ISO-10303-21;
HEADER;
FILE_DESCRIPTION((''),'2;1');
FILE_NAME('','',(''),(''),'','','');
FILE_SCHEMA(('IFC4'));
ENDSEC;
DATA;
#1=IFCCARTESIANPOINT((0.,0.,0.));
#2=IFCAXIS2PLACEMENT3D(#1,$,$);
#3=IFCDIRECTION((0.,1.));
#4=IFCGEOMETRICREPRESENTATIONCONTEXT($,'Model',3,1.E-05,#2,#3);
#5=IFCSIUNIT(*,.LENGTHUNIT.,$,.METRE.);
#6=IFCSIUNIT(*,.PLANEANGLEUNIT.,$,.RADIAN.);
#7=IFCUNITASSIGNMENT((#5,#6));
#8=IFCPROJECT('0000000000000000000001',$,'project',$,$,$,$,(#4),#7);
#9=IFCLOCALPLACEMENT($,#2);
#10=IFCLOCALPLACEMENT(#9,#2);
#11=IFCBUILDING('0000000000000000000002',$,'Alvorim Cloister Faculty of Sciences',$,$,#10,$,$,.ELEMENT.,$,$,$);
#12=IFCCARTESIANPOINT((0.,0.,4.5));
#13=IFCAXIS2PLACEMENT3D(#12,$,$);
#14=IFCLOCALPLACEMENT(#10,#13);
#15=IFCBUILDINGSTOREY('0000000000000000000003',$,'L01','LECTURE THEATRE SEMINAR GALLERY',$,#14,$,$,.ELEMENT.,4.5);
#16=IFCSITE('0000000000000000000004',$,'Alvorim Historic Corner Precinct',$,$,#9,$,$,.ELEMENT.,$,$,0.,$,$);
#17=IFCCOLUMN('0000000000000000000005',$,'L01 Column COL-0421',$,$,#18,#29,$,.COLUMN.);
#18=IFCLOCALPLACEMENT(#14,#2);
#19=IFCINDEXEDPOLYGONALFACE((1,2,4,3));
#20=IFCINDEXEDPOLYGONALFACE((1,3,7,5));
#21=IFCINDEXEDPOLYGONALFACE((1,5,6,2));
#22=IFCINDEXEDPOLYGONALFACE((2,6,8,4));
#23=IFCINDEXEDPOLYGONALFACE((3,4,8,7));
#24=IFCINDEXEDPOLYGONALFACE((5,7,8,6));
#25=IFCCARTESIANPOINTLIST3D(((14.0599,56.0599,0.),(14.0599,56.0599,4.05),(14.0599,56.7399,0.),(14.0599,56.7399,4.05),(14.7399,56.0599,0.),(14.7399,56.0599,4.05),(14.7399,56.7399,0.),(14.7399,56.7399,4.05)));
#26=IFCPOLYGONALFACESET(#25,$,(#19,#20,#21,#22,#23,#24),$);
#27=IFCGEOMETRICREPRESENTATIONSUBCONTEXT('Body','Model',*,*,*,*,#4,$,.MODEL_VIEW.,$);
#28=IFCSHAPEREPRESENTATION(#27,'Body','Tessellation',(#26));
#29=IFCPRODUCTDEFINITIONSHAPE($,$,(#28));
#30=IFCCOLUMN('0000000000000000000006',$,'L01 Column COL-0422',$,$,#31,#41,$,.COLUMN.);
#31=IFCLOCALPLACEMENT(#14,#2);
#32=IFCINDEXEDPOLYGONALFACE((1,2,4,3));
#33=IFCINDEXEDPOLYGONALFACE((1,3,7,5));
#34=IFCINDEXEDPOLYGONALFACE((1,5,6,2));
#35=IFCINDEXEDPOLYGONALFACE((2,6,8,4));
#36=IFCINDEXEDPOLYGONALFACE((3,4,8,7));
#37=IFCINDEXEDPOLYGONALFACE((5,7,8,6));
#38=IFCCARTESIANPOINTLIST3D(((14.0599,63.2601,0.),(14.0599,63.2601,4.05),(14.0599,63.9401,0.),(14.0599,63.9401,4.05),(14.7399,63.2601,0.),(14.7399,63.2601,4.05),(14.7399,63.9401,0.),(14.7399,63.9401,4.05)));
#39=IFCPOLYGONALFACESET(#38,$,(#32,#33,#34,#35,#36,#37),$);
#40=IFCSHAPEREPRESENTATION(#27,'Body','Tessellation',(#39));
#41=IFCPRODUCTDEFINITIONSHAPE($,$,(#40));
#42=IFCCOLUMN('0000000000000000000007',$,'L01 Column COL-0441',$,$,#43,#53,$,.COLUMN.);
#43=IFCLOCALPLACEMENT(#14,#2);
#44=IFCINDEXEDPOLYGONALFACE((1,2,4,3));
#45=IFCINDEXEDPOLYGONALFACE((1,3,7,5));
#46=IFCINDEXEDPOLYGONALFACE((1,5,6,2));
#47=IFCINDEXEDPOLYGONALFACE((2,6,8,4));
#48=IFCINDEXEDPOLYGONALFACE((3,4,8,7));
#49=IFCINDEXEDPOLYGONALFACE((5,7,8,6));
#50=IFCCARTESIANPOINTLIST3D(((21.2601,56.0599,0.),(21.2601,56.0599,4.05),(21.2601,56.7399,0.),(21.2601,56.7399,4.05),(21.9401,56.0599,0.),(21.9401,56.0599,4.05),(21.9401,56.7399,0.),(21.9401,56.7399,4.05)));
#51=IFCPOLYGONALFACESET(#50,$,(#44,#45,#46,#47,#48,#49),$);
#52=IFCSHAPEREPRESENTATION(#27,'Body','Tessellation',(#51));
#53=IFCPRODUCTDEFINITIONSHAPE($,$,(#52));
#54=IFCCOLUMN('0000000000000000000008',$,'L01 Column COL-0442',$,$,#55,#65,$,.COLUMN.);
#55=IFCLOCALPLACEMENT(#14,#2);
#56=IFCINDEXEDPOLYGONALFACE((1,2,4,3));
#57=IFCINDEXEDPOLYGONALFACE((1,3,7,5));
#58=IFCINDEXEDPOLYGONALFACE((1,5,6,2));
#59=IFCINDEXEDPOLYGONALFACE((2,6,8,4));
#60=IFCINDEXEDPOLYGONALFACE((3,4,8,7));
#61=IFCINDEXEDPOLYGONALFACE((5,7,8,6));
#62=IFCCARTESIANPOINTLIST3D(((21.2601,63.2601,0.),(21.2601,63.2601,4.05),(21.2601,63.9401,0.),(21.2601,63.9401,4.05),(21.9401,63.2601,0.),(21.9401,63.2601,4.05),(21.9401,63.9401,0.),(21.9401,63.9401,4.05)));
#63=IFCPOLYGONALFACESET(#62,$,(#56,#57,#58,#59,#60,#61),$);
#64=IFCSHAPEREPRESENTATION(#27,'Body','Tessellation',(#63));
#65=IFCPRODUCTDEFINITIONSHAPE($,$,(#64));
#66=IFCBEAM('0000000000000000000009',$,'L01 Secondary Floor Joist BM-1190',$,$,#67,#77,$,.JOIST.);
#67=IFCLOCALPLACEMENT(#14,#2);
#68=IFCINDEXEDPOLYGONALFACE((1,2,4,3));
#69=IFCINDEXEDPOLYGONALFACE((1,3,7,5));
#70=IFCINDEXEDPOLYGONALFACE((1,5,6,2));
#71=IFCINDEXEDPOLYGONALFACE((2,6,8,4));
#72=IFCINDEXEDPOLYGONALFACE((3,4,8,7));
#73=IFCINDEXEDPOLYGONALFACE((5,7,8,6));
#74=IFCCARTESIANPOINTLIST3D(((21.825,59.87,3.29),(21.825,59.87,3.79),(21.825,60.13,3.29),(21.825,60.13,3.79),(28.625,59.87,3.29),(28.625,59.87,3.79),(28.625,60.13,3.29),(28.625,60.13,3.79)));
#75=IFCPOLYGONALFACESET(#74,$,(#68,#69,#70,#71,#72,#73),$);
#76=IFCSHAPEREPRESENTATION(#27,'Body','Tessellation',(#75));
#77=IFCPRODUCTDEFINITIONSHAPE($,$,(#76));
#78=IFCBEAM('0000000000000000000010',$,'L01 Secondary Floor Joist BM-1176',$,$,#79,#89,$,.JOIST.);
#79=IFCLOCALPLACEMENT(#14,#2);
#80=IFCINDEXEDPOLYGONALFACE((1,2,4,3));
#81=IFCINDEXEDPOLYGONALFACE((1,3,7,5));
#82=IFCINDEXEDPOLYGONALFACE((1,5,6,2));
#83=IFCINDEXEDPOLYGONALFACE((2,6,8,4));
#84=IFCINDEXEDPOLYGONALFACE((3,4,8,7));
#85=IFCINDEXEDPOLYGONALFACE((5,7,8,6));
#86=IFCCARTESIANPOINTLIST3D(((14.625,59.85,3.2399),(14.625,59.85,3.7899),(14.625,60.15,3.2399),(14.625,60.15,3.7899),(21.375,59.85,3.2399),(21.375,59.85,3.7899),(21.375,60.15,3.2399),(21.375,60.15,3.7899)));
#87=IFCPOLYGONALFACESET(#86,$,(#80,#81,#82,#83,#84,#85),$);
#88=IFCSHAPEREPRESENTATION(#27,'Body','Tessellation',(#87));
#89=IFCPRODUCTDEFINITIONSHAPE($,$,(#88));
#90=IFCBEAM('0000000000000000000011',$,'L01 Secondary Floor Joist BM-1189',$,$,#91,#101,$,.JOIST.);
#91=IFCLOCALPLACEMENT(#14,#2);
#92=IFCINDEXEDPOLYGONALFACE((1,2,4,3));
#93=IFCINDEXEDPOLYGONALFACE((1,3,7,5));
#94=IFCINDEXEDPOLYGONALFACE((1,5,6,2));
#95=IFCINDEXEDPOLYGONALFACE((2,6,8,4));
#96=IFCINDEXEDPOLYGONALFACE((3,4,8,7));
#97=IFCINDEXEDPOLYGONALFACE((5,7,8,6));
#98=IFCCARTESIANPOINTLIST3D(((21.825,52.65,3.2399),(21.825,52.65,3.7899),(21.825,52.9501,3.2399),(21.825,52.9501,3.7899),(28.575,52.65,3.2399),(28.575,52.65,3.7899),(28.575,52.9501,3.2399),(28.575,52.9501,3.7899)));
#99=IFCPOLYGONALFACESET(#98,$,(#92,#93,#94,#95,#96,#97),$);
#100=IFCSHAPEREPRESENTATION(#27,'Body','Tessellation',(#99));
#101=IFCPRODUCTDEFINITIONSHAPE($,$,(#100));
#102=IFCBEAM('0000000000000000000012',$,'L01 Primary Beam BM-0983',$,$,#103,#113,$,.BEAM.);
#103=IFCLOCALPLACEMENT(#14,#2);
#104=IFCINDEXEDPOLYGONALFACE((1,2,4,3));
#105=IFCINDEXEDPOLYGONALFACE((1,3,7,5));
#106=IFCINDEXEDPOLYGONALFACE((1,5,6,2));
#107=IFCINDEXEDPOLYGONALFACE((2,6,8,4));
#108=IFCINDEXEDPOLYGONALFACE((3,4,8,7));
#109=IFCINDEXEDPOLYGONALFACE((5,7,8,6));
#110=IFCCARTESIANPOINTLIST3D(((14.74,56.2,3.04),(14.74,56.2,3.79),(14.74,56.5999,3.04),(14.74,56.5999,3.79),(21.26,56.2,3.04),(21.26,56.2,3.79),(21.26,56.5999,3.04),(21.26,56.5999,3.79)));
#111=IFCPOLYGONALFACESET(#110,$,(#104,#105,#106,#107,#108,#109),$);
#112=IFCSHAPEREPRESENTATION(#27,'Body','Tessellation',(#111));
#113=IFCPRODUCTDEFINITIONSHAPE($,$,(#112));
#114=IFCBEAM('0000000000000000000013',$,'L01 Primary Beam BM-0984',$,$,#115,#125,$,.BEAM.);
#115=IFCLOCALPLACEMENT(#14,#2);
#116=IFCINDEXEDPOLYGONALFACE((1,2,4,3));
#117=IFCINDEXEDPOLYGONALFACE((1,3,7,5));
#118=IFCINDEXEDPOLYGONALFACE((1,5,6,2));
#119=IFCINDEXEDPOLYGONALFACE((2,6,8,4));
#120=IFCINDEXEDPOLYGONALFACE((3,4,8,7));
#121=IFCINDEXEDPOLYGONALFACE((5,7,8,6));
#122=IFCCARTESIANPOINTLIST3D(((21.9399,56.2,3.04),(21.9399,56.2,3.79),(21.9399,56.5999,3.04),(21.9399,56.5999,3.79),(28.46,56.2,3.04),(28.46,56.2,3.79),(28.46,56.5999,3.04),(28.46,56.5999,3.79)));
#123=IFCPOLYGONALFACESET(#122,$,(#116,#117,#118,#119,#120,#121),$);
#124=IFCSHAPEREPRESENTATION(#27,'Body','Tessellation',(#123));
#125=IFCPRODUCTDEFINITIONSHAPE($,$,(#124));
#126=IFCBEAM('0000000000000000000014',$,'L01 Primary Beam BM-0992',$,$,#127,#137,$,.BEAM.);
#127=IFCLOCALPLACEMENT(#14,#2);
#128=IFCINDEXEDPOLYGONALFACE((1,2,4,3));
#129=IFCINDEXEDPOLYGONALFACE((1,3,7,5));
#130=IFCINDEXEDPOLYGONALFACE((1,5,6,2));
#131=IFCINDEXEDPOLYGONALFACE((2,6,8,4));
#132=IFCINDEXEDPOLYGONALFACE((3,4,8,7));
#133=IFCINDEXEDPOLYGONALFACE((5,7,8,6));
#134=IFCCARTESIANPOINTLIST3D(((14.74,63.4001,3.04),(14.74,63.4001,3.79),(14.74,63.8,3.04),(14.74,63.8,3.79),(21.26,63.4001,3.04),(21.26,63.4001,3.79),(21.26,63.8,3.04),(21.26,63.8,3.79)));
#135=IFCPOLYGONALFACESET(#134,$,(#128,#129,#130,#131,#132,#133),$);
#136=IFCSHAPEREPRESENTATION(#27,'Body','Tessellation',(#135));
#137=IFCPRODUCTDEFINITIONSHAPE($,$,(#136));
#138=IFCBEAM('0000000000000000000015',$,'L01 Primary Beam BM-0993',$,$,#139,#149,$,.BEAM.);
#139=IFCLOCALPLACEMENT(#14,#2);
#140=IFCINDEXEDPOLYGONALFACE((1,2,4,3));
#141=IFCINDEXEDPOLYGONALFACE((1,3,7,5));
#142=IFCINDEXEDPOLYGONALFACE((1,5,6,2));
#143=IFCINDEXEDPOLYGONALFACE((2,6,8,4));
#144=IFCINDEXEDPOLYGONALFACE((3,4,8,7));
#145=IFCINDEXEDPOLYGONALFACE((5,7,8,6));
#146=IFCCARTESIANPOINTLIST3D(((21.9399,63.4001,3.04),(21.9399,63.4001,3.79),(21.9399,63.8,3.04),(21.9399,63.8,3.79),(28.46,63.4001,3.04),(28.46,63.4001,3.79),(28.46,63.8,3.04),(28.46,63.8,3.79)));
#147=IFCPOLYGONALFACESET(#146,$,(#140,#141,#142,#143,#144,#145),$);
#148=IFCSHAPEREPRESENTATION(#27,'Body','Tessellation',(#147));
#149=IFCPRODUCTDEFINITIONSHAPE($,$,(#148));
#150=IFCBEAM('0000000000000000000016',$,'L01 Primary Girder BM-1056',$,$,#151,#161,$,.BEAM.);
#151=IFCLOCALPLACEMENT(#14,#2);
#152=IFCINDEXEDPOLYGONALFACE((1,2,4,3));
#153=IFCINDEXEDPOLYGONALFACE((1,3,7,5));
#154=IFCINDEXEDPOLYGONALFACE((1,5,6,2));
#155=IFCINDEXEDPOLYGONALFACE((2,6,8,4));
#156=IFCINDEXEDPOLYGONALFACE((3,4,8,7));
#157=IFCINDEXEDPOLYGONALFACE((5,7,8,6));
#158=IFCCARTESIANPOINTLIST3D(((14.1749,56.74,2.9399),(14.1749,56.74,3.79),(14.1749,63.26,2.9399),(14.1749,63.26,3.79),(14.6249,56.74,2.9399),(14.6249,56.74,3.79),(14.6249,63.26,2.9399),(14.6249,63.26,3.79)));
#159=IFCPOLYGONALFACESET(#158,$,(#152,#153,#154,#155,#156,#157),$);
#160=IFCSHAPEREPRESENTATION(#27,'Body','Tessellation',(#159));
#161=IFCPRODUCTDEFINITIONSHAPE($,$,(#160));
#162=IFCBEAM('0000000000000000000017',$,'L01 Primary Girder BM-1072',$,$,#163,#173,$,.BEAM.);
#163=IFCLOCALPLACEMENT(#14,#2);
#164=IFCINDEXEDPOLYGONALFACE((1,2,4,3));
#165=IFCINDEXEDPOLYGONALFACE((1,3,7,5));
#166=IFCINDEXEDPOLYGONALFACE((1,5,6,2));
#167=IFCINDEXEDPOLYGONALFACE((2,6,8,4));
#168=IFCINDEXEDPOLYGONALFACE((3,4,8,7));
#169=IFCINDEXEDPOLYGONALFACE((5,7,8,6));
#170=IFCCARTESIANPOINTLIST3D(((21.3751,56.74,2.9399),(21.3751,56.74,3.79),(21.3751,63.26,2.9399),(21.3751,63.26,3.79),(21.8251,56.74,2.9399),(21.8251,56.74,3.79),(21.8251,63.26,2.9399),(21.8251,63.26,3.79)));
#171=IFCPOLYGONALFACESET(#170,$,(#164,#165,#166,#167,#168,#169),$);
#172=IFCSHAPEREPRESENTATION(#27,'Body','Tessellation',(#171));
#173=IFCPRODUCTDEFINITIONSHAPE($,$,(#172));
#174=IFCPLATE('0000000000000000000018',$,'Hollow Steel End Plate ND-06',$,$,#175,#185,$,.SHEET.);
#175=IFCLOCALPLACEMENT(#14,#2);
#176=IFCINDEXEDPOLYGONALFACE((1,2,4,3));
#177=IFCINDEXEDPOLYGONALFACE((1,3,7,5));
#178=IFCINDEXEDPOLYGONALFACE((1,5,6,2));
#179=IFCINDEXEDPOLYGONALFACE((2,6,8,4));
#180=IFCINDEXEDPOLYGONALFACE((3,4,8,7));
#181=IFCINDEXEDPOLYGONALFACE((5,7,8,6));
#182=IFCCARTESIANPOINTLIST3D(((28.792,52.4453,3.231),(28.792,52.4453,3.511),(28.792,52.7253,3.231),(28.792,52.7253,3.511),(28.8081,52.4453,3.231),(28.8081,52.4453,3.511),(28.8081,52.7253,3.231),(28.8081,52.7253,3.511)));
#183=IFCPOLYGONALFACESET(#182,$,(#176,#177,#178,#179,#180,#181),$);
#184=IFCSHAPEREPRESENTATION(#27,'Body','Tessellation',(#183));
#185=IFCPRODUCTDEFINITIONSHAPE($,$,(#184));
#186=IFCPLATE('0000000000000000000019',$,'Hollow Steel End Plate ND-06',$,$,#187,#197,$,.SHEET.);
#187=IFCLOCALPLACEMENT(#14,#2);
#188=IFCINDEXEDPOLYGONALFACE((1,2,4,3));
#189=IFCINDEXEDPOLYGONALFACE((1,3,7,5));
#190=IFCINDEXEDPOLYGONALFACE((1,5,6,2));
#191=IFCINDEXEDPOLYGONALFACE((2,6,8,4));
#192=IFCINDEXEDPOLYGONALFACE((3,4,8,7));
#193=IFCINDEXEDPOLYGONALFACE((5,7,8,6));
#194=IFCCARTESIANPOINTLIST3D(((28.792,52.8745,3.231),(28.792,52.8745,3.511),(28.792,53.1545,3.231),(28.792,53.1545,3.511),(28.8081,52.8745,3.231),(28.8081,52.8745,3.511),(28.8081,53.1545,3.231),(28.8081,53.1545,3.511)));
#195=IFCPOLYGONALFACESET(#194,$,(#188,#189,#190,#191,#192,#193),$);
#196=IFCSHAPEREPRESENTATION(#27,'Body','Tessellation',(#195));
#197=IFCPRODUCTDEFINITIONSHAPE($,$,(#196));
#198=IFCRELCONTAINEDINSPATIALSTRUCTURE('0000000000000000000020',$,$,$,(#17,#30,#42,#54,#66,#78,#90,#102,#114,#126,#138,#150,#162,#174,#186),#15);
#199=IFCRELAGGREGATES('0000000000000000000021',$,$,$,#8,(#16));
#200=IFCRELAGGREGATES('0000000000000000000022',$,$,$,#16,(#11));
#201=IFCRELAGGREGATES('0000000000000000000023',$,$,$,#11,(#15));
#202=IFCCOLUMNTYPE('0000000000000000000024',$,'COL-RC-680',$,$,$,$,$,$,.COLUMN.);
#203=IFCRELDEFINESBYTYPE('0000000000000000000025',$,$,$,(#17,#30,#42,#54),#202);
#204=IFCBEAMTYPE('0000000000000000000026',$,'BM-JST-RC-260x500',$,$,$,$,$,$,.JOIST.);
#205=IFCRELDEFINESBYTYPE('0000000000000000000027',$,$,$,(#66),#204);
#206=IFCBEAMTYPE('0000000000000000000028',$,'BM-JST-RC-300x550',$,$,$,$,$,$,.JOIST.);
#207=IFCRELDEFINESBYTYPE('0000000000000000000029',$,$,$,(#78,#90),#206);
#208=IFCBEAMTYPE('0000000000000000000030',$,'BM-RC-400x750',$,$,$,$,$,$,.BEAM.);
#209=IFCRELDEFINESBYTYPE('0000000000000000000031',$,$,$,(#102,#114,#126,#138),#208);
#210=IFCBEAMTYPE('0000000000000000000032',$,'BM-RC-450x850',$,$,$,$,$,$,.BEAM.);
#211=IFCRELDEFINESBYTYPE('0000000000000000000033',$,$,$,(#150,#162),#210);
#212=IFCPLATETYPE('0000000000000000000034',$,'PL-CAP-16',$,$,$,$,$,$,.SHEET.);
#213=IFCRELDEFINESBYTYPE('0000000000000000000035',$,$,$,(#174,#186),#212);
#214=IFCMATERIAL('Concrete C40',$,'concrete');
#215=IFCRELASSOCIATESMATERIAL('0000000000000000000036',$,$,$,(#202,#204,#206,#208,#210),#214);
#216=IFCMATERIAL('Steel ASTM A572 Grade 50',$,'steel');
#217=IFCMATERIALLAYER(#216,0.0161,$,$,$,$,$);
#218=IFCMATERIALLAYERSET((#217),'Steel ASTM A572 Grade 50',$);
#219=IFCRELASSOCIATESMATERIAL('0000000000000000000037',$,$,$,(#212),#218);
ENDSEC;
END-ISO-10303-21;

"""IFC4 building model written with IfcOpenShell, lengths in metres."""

from ifc_helpers import new_model, si_unit, direction, frame, origin, origin_2d, place, context, subcontext, project, spatial, polyline, rectangle, outline, extrude, material, layer, layer_set, material_profile, profile_set, type_object, element, save


model = new_model("IFC4")

# Units and contexts
model_context = context("Model", 3, precision=1e-05, world=origin(), true_north=direction((0.0, 1.0)))
body_context = subcontext(model_context, "Body", "Model", "MODEL_VIEW")
ifc_project = project(units=[si_unit("LENGTHUNIT", "METRE"), si_unit("PLANEANGLEUNIT", "RADIAN")], contexts=[model_context])

# Site, building, storey
site_placement = place(None, origin())
site = spatial("IfcSite", under=ifc_project, at=site_placement, Name="Alvorim Historic Corner Precinct", CompositionType="ELEMENT", RefElevation=0.0)
building_placement = place(site_placement, origin())
building = spatial("IfcBuilding", under=site, at=building_placement, Name="Alvorim Cloister Faculty of Sciences", CompositionType="ELEMENT")
storey_placement = place(building_placement, frame((0.0, 0.0, 4.5)))
storey = spatial("IfcBuildingStorey", under=building, at=storey_placement, Name="L01", Description="LECTURE THEATRE SEMINAR GALLERY", CompositionType="ELEMENT", Elevation=4.5)

# Columns
ifc_material_1 = material(Name="Concrete C40", Category="concrete")
ifc_material_profile_1 = material_profile(ifc_material_1, rectangle(XDim=0.6799, YDim=0.6799, at=origin_2d()), Name="RC40-COL-680x680")
ifc_profile_set_1 = profile_set([ifc_material_profile_1], Name="Concrete C40")
column_type = type_object("IfcColumnType", Name="COL-RC-680", PredefinedType="COLUMN", material=ifc_profile_set_1)
for number, where, z_axis, x_axis, name in (
    (1, (14.3999, 56.3999, 0.0), (0.0, 0.0, 1.0), (1.0, 0.0, 0.0), "L01 Column COL-0421"),
    (2, (14.3999, 63.6001, 0.0), (0.0, 0.0, 1.0), (1.0, 0.0, 0.0), "L01 Column COL-0422"),
    (3, (21.6001, 56.3999, 0.0), (0.0, 0.0, 1.0), (1.0, 0.0, 0.0), "L01 Column COL-0441"),
    (4, (21.6001, 63.6001, 0.0), (0.0, 0.0, 1.0), (1.0, 0.0, 0.0), "L01 Column COL-0442"),
):
    element("IfcColumn", number, at=place(storey_placement, frame(where, z_axis=z_axis, x_axis=x_axis)), inside=storey, type_object=column_type, Name=name, PredefinedType="COLUMN", context=body_context, shape_type="SweptSolid", body=[
        extrude(rectangle(XDim=0.6799, YDim=0.6799, at=origin_2d()), origin(), (0.0, 0.0, 1.0), 4.05),
    ])

# Beams
ifc_material_profile_2 = material_profile(ifc_material_1, rectangle(XDim=0.26, YDim=0.5, at=origin_2d()), Name="RC40-JST-260x500")
ifc_profile_set_2 = profile_set([ifc_material_profile_2], Name="Concrete C40")
beam_type_1 = type_object("IfcBeamType", Name="BM-JST-RC-260x500", PredefinedType="JOIST", material=ifc_profile_set_2)
beam_placement = place(storey_placement, frame((21.825, 60.0, 3.54), z_axis=(1.0, 0.0, 0.0), x_axis=(0.0, 1.0, 0.0)))
element("IfcBeam", 5, at=beam_placement, inside=storey, type_object=beam_type_1, Name="L01 Secondary Floor Joist BM-1190", PredefinedType="JOIST", context=body_context, shape_type="SweptSolid", body=[
    extrude(rectangle(XDim=0.26, YDim=0.5, at=origin_2d()), origin(), (0.0, 0.0, 1.0), 6.8),
])
ifc_material_profile_3 = material_profile(ifc_material_1, rectangle(XDim=0.3, YDim=0.55, at=origin_2d()), Name="RC40-JST-300x550")
ifc_profile_set_3 = profile_set([ifc_material_profile_3], Name="Concrete C40")
beam_type_2 = type_object("IfcBeamType", Name="BM-JST-RC-300x550", PredefinedType="JOIST", material=ifc_profile_set_3)
for number, where, z_axis, x_axis, name in (
    (6, (14.625, 60.0, 3.5149), (1.0, 0.0, 0.0), (0.0, 1.0, 0.0), "L01 Secondary Floor Joist BM-1176"),
    (7, (21.825, 52.8, 3.5149), (1.0, 0.0, 0.0), (0.0, 1.0, 0.0), "L01 Secondary Floor Joist BM-1189"),
):
    element("IfcBeam", number, at=place(storey_placement, frame(where, z_axis=z_axis, x_axis=x_axis)), inside=storey, type_object=beam_type_2, Name=name, PredefinedType="JOIST", context=body_context, shape_type="SweptSolid", body=[
        extrude(rectangle(XDim=0.3, YDim=0.55, at=origin_2d()), origin(), (0.0, 0.0, 1.0), 6.75),
    ])
ifc_material_profile_4 = material_profile(ifc_material_1, rectangle(XDim=0.3999, YDim=0.75, at=origin_2d()), Name="RC40-BM-400x750")
ifc_profile_set_4 = profile_set([ifc_material_profile_4], Name="Concrete C40")
beam_type_3 = type_object("IfcBeamType", Name="BM-RC-400x750", PredefinedType="BEAM", material=ifc_profile_set_4)
for number, where, z_axis, x_axis, name in (
    (8, (14.74, 56.3999, 3.415), (1.0, 0.0, 0.0), (0.0, 1.0, 0.0), "L01 Primary Beam BM-0983"),
    (9, (21.9399, 56.3999, 3.415), (1.0, 0.0, 0.0), (0.0, 1.0, 0.0), "L01 Primary Beam BM-0984"),
    (10, (14.74, 63.6001, 3.415), (1.0, 0.0, 0.0), (0.0, 1.0, 0.0), "L01 Primary Beam BM-0992"),
    (11, (21.9399, 63.6001, 3.415), (1.0, 0.0, 0.0), (0.0, 1.0, 0.0), "L01 Primary Beam BM-0993"),
):
    element("IfcBeam", number, at=place(storey_placement, frame(where, z_axis=z_axis, x_axis=x_axis)), inside=storey, type_object=beam_type_3, Name=name, PredefinedType="BEAM", context=body_context, shape_type="SweptSolid", body=[
        extrude(rectangle(XDim=0.3999, YDim=0.75, at=origin_2d()), origin(), (0.0, 0.0, 1.0), 6.52),
    ])
ifc_material_profile_5 = material_profile(ifc_material_1, rectangle(XDim=0.45, YDim=0.8501, at=origin_2d()), Name="RC40-BM-450x850")
ifc_profile_set_5 = profile_set([ifc_material_profile_5], Name="Concrete C40")
beam_type_4 = type_object("IfcBeamType", Name="BM-RC-450x850", PredefinedType="BEAM", material=ifc_profile_set_5)
for number, where, z_axis, x_axis, name in (
    (12, (14.3999, 56.74, 3.365), (0.0, 1.0, 0.0), (-1.0, 0.0, 0.0), "L01 Primary Girder BM-1056"),
    (13, (21.6001, 56.74, 3.365), (0.0, 1.0, 0.0), (-1.0, 0.0, 0.0), "L01 Primary Girder BM-1072"),
):
    element("IfcBeam", number, at=place(storey_placement, frame(where, z_axis=z_axis, x_axis=x_axis)), inside=storey, type_object=beam_type_4, Name=name, PredefinedType="BEAM", context=body_context, shape_type="SweptSolid", body=[
        extrude(rectangle(XDim=0.45, YDim=0.8501, at=origin_2d()), origin(), (0.0, 0.0, 1.0), 6.52),
    ])

# Plates
ifc_material_2 = material(Name="Steel ASTM A572 Grade 50", Category="steel")
ifc_layer_1 = layer(ifc_material_2, 0.0161)
ifc_layer_set_1 = layer_set([ifc_layer_1], Name="Steel ASTM A572 Grade 50")
plate_type = type_object("IfcPlateType", Name="PL-CAP-16", PredefinedType="SHEET", material=ifc_layer_set_1)
for number, where, z_axis, x_axis, name in (
    (14, (28.8, 52.4453, 3.231), (0.0, 0.0, 1.0), (0.0, 1.0, 0.0), "Hollow Steel End Plate ND-06"),
    (15, (28.8, 53.1545, 3.231), (0.0, 0.0, 1.0), (0.0, -1.0, 0.0), "Hollow Steel End Plate ND-06"),
):
    element("IfcPlate", number, at=place(storey_placement, frame(where, z_axis=z_axis, x_axis=x_axis)), inside=storey, type_object=plate_type, Name=name, PredefinedType="SHEET", context=body_context, shape_type="SweptSolid", body=[
        extrude(outline(polyline([(0.0, 0.0), (0.28, 0.0), (0.28, 0.28), (0.0, 0.28), (0.0, 0.0)])), frame((0.0, 0.0081, 0.0), z_axis=(0.0, -1.0, 0.0), x_axis=(1.0, 0.0, 0.0)), (0.0, 0.0, 1.0), 0.0161),
    ])

save(model, "model.ifc")
